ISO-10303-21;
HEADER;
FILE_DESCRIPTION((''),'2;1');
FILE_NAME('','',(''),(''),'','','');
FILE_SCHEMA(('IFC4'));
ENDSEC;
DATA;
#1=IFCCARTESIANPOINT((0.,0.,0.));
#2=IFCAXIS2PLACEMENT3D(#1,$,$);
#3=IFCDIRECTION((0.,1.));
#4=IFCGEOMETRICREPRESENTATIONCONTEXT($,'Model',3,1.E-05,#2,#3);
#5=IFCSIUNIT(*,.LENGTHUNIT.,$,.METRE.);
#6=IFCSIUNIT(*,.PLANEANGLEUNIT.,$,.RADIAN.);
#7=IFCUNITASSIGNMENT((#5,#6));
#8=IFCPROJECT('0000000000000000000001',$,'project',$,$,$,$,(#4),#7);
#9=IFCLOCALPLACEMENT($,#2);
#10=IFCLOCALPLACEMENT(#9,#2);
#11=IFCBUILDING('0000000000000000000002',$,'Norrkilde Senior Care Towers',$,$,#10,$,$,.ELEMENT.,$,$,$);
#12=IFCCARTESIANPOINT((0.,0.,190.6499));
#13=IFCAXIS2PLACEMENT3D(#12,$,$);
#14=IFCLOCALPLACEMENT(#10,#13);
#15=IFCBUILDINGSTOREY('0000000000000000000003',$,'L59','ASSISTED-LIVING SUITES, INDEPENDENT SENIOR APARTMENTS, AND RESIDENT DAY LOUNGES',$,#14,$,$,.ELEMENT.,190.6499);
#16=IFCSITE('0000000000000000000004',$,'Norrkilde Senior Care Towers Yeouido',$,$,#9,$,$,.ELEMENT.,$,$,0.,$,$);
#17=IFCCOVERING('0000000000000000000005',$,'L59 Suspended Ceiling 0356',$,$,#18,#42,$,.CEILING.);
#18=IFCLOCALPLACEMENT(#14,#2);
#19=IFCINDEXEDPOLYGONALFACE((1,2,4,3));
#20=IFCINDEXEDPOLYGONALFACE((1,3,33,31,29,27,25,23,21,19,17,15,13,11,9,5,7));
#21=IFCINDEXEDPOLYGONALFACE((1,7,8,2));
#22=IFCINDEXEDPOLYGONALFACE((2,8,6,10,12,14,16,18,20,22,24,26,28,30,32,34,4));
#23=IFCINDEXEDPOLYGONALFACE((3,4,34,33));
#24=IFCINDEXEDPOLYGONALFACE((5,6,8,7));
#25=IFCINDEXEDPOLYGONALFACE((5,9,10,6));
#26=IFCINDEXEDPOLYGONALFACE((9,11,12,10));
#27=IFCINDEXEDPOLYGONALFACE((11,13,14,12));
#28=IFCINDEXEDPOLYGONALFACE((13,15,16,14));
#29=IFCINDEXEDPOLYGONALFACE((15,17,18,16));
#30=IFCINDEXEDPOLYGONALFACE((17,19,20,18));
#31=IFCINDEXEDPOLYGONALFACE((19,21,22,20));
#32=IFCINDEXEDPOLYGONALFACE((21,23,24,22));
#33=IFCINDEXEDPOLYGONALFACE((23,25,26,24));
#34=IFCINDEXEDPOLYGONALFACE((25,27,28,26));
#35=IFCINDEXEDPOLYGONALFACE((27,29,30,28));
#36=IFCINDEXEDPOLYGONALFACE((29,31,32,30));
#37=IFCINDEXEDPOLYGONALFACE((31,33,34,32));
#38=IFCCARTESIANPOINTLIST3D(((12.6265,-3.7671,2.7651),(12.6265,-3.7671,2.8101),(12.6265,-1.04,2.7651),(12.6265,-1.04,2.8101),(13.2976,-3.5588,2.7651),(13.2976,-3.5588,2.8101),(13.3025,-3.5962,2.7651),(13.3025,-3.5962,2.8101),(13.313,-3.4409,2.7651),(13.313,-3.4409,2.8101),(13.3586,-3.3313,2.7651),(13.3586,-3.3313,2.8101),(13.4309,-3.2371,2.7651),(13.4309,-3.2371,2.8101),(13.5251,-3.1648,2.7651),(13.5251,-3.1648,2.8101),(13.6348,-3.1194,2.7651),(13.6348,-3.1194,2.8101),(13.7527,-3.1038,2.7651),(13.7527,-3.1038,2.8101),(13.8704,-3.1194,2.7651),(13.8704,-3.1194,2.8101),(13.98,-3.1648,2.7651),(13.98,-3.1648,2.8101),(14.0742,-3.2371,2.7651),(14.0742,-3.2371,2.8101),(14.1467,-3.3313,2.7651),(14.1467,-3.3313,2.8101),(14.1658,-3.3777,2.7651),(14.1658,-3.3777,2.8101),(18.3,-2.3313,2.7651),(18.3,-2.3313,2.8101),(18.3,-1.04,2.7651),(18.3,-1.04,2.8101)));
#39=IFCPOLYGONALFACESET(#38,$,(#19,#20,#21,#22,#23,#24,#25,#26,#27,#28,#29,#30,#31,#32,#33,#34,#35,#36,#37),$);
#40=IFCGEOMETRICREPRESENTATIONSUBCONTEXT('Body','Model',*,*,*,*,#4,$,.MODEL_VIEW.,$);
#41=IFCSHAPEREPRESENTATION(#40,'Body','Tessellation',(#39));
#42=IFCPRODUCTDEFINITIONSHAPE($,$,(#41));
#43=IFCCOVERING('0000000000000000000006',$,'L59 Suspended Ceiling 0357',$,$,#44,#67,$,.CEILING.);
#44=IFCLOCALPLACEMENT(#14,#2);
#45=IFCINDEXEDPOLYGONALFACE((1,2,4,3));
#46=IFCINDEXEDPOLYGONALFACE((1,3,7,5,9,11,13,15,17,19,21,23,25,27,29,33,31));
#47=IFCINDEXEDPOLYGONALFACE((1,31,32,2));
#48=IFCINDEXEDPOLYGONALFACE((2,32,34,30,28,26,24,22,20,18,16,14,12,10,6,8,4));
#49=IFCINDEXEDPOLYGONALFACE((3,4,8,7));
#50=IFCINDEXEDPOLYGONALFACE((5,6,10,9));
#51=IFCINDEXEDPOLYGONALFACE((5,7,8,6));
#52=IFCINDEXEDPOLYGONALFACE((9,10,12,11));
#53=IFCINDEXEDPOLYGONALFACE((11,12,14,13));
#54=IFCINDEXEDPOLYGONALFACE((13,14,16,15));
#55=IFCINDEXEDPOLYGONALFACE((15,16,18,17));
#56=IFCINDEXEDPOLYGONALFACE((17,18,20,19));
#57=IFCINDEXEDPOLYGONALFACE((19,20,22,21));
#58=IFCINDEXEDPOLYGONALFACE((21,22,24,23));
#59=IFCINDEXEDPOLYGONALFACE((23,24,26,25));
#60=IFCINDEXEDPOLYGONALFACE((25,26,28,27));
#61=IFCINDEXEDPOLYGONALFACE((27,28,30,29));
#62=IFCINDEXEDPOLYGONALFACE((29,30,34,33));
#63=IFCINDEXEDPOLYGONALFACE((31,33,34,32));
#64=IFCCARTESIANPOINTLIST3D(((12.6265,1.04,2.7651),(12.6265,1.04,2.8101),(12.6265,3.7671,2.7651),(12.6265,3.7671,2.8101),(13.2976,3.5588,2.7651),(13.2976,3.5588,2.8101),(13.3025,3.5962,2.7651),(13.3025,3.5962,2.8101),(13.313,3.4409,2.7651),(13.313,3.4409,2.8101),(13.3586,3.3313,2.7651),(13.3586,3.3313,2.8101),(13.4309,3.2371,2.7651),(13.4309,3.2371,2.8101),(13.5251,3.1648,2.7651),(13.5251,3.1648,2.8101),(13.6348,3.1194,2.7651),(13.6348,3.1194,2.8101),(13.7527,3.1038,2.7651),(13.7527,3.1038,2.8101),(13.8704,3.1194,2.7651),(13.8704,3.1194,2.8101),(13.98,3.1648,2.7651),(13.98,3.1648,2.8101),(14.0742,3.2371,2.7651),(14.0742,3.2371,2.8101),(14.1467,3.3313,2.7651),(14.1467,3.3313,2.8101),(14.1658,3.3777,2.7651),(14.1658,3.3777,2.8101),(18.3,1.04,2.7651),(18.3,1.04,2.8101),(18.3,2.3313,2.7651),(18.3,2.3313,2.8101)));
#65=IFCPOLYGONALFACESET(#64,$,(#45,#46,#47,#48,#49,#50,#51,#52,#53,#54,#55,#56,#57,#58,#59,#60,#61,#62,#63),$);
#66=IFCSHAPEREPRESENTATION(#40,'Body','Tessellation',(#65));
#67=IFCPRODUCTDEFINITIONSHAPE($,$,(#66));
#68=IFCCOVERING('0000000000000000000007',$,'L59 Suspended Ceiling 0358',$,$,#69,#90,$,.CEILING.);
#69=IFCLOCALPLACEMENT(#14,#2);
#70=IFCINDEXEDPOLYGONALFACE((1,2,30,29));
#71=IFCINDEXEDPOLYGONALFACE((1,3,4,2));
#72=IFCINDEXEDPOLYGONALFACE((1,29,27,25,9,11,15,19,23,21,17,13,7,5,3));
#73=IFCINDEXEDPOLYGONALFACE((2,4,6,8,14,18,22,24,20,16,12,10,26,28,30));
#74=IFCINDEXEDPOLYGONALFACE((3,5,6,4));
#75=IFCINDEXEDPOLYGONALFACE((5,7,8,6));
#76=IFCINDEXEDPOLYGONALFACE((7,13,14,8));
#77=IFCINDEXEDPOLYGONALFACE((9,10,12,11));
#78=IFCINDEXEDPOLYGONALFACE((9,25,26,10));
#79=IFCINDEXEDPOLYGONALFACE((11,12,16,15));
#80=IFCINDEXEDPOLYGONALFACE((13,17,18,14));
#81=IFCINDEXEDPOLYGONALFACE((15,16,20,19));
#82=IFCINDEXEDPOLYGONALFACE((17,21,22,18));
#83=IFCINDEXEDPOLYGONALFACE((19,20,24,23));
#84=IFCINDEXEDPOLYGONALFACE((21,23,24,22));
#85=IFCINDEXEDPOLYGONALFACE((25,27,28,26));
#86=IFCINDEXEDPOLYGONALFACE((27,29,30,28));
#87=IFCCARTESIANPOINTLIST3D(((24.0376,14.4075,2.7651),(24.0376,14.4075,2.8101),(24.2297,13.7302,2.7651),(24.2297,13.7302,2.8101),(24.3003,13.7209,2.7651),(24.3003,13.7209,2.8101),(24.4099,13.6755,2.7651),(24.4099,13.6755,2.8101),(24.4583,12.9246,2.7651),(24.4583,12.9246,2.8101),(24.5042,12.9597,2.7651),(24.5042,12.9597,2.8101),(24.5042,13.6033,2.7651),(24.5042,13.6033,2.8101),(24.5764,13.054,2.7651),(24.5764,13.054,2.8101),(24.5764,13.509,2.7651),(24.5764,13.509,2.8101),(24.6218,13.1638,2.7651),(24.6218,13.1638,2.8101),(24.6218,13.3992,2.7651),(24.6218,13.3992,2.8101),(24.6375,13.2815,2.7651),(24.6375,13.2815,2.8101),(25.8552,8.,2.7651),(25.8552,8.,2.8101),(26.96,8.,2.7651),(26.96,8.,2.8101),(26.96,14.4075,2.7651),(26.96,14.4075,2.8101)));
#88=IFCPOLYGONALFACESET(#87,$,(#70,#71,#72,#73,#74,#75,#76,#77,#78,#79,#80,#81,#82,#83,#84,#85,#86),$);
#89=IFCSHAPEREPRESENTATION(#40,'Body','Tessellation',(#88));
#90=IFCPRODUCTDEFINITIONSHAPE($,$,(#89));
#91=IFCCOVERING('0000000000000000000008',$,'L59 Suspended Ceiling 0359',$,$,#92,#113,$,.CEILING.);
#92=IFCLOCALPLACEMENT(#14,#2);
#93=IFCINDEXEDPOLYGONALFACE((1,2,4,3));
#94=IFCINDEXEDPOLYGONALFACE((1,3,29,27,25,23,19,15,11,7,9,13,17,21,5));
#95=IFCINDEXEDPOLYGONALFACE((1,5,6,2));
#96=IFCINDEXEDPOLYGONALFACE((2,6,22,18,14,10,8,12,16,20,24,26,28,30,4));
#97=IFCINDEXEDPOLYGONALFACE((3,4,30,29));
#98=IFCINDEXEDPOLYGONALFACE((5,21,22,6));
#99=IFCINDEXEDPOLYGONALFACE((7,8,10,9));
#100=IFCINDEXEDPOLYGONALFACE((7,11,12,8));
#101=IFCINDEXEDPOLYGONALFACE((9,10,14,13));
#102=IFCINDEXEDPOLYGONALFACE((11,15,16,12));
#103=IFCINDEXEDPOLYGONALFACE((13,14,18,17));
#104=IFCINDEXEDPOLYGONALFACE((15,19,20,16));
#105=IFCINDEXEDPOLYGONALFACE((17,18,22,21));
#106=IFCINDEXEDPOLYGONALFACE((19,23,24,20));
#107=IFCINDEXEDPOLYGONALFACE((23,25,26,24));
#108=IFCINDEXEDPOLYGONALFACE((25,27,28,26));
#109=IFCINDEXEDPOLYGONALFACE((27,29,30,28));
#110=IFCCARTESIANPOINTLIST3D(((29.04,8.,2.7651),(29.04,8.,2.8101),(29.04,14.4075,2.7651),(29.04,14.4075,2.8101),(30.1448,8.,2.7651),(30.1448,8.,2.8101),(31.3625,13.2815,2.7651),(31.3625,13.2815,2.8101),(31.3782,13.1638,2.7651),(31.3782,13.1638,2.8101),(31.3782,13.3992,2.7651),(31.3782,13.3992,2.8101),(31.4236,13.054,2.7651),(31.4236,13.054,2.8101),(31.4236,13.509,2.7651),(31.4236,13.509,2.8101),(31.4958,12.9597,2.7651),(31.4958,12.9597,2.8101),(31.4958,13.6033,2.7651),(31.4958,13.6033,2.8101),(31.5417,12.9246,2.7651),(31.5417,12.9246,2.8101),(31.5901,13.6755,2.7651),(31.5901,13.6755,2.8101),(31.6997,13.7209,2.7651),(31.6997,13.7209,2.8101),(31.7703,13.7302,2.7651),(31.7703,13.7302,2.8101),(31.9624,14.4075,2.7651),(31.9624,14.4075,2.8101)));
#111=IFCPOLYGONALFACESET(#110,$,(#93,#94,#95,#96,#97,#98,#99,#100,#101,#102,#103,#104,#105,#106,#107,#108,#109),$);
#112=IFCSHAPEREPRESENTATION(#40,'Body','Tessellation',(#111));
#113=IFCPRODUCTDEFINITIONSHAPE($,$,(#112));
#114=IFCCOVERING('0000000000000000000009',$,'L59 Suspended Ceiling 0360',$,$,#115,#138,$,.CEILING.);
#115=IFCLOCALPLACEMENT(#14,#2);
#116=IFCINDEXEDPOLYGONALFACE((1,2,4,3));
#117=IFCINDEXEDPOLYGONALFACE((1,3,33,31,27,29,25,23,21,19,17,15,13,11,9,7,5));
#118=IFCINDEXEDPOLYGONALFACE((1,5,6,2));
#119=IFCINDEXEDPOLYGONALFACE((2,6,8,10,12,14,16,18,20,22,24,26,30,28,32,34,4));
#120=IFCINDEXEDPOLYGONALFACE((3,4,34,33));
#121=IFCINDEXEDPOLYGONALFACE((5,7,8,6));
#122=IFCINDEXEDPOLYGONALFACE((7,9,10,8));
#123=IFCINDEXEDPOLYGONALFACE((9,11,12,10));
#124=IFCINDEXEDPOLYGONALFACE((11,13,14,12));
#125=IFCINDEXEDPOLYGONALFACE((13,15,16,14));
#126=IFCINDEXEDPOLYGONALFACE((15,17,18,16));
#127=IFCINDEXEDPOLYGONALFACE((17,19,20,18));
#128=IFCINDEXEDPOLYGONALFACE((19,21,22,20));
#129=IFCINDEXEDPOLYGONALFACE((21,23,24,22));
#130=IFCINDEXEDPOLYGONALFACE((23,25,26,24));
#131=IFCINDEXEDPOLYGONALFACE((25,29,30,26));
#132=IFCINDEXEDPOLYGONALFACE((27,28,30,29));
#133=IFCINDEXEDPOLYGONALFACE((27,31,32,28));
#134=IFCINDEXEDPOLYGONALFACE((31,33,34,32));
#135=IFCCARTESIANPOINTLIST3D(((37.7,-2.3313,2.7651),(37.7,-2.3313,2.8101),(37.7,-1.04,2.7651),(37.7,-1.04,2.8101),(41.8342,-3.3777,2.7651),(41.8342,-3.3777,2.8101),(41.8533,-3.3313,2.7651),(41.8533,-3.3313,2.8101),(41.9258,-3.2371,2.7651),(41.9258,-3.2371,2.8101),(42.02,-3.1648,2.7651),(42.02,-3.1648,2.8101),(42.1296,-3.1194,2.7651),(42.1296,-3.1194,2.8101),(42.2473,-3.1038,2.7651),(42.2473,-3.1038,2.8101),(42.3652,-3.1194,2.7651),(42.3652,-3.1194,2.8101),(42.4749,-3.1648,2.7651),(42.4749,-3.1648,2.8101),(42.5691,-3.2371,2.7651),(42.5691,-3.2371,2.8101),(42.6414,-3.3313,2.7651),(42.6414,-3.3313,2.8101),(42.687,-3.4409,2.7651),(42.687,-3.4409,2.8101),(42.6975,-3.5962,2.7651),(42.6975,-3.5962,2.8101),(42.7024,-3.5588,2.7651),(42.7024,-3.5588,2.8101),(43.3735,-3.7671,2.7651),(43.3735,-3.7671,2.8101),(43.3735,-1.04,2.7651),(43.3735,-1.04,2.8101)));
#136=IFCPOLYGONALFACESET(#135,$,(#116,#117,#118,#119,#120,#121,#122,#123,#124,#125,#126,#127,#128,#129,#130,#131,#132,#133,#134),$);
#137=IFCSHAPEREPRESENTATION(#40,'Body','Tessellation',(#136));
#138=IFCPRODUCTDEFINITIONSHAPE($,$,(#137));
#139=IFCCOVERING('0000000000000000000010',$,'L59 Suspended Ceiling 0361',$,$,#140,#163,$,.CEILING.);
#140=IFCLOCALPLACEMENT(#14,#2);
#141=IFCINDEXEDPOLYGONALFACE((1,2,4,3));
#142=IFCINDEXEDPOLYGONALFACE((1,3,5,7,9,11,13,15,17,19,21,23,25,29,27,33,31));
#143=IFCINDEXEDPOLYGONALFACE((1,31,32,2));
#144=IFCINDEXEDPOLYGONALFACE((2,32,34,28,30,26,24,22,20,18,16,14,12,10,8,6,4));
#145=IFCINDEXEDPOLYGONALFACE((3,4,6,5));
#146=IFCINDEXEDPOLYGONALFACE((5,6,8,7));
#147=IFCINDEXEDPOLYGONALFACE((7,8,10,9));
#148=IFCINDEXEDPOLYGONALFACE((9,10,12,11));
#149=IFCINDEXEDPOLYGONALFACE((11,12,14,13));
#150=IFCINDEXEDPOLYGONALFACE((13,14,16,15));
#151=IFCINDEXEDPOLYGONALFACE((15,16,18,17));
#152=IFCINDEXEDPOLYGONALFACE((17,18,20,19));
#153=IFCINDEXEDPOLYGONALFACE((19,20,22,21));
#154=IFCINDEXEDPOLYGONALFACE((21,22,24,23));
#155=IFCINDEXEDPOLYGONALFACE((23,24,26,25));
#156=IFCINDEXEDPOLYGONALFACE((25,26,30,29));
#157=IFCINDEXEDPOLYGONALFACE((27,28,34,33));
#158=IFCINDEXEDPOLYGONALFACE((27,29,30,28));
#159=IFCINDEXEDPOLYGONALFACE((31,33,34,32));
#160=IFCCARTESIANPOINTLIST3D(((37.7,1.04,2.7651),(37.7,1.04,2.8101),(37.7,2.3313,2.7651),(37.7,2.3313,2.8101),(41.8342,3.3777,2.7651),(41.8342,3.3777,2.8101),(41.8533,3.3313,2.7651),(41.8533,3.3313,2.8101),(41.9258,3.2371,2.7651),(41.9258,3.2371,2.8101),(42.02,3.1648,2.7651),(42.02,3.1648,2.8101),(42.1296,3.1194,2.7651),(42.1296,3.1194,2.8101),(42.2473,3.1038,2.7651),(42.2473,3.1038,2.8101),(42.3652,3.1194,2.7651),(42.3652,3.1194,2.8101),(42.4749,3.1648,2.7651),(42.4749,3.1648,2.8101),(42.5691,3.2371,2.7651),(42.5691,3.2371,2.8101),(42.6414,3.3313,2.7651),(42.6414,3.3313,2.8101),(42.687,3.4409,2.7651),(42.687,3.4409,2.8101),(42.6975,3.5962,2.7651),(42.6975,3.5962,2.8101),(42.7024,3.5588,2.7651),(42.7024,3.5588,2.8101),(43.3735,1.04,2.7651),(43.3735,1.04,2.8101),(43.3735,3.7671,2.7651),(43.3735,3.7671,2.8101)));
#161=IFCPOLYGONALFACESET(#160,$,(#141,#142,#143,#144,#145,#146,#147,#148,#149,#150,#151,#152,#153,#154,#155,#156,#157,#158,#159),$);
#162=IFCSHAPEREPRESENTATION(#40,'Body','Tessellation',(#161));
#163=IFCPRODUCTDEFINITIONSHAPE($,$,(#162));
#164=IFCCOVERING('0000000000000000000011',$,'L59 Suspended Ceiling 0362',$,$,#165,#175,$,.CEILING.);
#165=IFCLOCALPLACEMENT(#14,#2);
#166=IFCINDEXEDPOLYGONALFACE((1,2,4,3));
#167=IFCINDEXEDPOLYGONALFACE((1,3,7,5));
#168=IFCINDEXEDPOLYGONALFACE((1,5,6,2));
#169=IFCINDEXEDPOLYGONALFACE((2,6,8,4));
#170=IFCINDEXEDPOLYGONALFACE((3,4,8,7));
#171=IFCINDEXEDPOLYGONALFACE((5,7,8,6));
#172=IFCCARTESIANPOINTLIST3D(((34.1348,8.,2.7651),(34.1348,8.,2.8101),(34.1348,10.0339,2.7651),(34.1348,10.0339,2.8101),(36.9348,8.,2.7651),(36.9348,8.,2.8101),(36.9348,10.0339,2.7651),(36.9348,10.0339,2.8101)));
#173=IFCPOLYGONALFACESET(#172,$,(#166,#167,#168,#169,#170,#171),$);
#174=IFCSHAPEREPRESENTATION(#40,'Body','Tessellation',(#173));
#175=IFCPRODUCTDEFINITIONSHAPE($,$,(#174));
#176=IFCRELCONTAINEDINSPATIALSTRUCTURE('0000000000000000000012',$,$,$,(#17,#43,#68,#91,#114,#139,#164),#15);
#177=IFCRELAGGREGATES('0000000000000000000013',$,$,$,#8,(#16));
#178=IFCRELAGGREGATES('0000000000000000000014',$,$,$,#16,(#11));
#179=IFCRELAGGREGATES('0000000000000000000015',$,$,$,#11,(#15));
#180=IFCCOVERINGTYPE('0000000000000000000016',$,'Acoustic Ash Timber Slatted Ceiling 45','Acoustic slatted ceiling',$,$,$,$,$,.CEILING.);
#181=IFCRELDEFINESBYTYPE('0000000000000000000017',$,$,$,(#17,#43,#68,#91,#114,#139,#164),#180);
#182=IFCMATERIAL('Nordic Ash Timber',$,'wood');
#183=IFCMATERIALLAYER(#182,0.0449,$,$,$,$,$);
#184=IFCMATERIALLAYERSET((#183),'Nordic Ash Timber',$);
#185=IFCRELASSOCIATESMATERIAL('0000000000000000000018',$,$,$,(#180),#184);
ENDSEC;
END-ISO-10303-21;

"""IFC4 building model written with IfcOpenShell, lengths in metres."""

from ifc_helpers import new_model, si_unit, direction, frame, origin, place, context, subcontext, project, spatial, polyline, outline, extrude, material, layer, layer_set, type_object, element, save


model = new_model("IFC4")

# Units and contexts
model_context = context("Model", 3, precision=1e-05, world=origin(), true_north=direction((0.0, 1.0)))
body_context = subcontext(model_context, "Body", "Model", "MODEL_VIEW")
ifc_project = project(units=[si_unit("LENGTHUNIT", "METRE"), si_unit("PLANEANGLEUNIT", "RADIAN")], contexts=[model_context])

# Site, building, storey
site_placement = place(None, origin())
site = spatial("IfcSite", under=ifc_project, at=site_placement, Name="Norrkilde Senior Care Towers Yeouido", CompositionType="ELEMENT", RefElevation=0.0)
building_placement = place(site_placement, origin())
building = spatial("IfcBuilding", under=site, at=building_placement, Name="Norrkilde Senior Care Towers", CompositionType="ELEMENT")
storey_placement = place(building_placement, frame((0.0, 0.0, 190.6499)))
storey = spatial("IfcBuildingStorey", under=building, at=storey_placement, Name="L59", Description="ASSISTED-LIVING SUITES, INDEPENDENT SENIOR APARTMENTS, AND RESIDENT DAY LOUNGES", CompositionType="ELEMENT", Elevation=190.6499)

# Coverings
ifc_material_1 = material(Name="Nordic Ash Timber", Category="wood")
ifc_layer_1 = layer(ifc_material_1, 0.0449)
ifc_layer_set_1 = layer_set([ifc_layer_1], Name="Nordic Ash Timber")
covering_type_1 = type_object("IfcCoveringType", Name="Acoustic Ash Timber Slatted Ceiling 45", Description="Acoustic slatted ceiling", PredefinedType="CEILING", material=ifc_layer_set_1)
covering_1_placement = place(storey_placement, frame((0.0, 0.0, 2.7651)))
element("IfcCovering", 1, at=covering_1_placement, inside=storey, type_object=covering_type_1, Name="L59 Suspended Ceiling 0356", PredefinedType="CEILING", context=body_context, shape_type="SweptSolid", body=[
    extrude(outline(polyline([(18.3, -1.04), (18.3, -2.3313), (14.1658, -3.3777), (14.1467, -3.3313), (14.0742, -3.2371), (13.98, -3.1648), (13.8704, -3.1194), (13.7527, -3.1038), (13.6348, -3.1194), (13.5251, -3.1648), (13.4309, -3.2371), (13.3586, -3.3313), (13.313, -3.4409), (13.2976, -3.5588), (13.3025, -3.5962), (12.6265, -3.7671), (12.6265, -1.04), (18.3, -1.04)])), origin(), (0.0, 0.0, 1.0), 0.0449),
])
covering_2_placement = place(storey_placement, frame((0.0, 0.0, 2.7651)))
element("IfcCovering", 2, at=covering_2_placement, inside=storey, type_object=covering_type_1, Name="L59 Suspended Ceiling 0357", PredefinedType="CEILING", context=body_context, shape_type="SweptSolid", body=[
    extrude(outline(polyline([(18.3, 1.04), (12.6265, 1.04), (12.6265, 3.7671), (13.3025, 3.5962), (13.2976, 3.5588), (13.313, 3.4409), (13.3586, 3.3313), (13.4309, 3.2371), (13.5251, 3.1648), (13.6348, 3.1194), (13.7527, 3.1038), (13.8704, 3.1194), (13.98, 3.1648), (14.0742, 3.2371), (14.1467, 3.3313), (14.1658, 3.3777), (18.3, 2.3313), (18.3, 1.04)])), origin(), (0.0, 0.0, 1.0), 0.0449),
])
covering_3_placement = place(storey_placement, frame((0.0, 0.0, 2.7651)))
element("IfcCovering", 3, at=covering_3_placement, inside=storey, type_object=covering_type_1, Name="L59 Suspended Ceiling 0358", PredefinedType="CEILING", context=body_context, shape_type="SweptSolid", body=[
    extrude(outline(polyline([(26.96, 14.4075), (26.96, 8.0), (25.8552, 8.0), (24.4583, 12.9246), (24.5042, 12.9597), (24.5764, 13.054), (24.6218, 13.1638), (24.6375, 13.2815), (24.6218, 13.3992), (24.5764, 13.509), (24.5042, 13.6033), (24.4099, 13.6755), (24.3003, 13.7209), (24.2297, 13.7302), (24.0376, 14.4075), (26.96, 14.4075)])), origin(), (0.0, 0.0, 1.0), 0.0449),
])
covering_4_placement = place(storey_placement, frame((0.0, 0.0, 2.7651)))
element("IfcCovering", 4, at=covering_4_placement, inside=storey, type_object=covering_type_1, Name="L59 Suspended Ceiling 0359", PredefinedType="CEILING", context=body_context, shape_type="SweptSolid", body=[
    extrude(outline(polyline([(31.9624, 14.4075), (31.7703, 13.7302), (31.6997, 13.7209), (31.5901, 13.6755), (31.4958, 13.6033), (31.4236, 13.509), (31.3782, 13.3992), (31.3625, 13.2815), (31.3782, 13.1638), (31.4236, 13.054), (31.4958, 12.9597), (31.5417, 12.9246), (30.1448, 8.0), (29.04, 8.0), (29.04, 14.4075), (31.9624, 14.4075)])), origin(), (0.0, 0.0, 1.0), 0.0449),
])
covering_5_placement = place(storey_placement, frame((0.0, 0.0, 2.7651)))
element("IfcCovering", 5, at=covering_5_placement, inside=storey, type_object=covering_type_1, Name="L59 Suspended Ceiling 0360", PredefinedType="CEILING", context=body_context, shape_type="SweptSolid", body=[
    extrude(outline(polyline([(43.3735, -3.7671), (42.6975, -3.5962), (42.7024, -3.5588), (42.687, -3.4409), (42.6414, -3.3313), (42.5691, -3.2371), (42.4749, -3.1648), (42.3652, -3.1194), (42.2473, -3.1038), (42.1296, -3.1194), (42.02, -3.1648), (41.9258, -3.2371), (41.8533, -3.3313), (41.8342, -3.3777), (37.7, -2.3313), (37.7, -1.04), (43.3735, -1.04), (43.3735, -3.7671)])), origin(), (0.0, 0.0, 1.0), 0.0449),
])
covering_6_placement = place(storey_placement, frame((0.0, 0.0, 2.7651)))
element("IfcCovering", 6, at=covering_6_placement, inside=storey, type_object=covering_type_1, Name="L59 Suspended Ceiling 0361", PredefinedType="CEILING", context=body_context, shape_type="SweptSolid", body=[
    extrude(outline(polyline([(43.3735, 1.04), (37.7, 1.04), (37.7, 2.3313), (41.8342, 3.3777), (41.8533, 3.3313), (41.9258, 3.2371), (42.02, 3.1648), (42.1296, 3.1194), (42.2473, 3.1038), (42.3652, 3.1194), (42.4749, 3.1648), (42.5691, 3.2371), (42.6414, 3.3313), (42.687, 3.4409), (42.7024, 3.5588), (42.6975, 3.5962), (43.3735, 3.7671), (43.3735, 1.04)])), origin(), (0.0, 0.0, 1.0), 0.0449),
])
covering_7_placement = place(storey_placement, frame((0.0, 0.0, 2.7651)))
element("IfcCovering", 7, at=covering_7_placement, inside=storey, type_object=covering_type_1, Name="L59 Suspended Ceiling 0362", PredefinedType="CEILING", context=body_context, shape_type="SweptSolid", body=[
    extrude(outline(polyline([(34.1348, 10.0339), (36.9348, 10.0339), (36.9348, 8.0), (34.1348, 8.0), (34.1348, 10.0339)])), origin(), (0.0, 0.0, 1.0), 0.0449),
])

save(model, "model.ifc")
